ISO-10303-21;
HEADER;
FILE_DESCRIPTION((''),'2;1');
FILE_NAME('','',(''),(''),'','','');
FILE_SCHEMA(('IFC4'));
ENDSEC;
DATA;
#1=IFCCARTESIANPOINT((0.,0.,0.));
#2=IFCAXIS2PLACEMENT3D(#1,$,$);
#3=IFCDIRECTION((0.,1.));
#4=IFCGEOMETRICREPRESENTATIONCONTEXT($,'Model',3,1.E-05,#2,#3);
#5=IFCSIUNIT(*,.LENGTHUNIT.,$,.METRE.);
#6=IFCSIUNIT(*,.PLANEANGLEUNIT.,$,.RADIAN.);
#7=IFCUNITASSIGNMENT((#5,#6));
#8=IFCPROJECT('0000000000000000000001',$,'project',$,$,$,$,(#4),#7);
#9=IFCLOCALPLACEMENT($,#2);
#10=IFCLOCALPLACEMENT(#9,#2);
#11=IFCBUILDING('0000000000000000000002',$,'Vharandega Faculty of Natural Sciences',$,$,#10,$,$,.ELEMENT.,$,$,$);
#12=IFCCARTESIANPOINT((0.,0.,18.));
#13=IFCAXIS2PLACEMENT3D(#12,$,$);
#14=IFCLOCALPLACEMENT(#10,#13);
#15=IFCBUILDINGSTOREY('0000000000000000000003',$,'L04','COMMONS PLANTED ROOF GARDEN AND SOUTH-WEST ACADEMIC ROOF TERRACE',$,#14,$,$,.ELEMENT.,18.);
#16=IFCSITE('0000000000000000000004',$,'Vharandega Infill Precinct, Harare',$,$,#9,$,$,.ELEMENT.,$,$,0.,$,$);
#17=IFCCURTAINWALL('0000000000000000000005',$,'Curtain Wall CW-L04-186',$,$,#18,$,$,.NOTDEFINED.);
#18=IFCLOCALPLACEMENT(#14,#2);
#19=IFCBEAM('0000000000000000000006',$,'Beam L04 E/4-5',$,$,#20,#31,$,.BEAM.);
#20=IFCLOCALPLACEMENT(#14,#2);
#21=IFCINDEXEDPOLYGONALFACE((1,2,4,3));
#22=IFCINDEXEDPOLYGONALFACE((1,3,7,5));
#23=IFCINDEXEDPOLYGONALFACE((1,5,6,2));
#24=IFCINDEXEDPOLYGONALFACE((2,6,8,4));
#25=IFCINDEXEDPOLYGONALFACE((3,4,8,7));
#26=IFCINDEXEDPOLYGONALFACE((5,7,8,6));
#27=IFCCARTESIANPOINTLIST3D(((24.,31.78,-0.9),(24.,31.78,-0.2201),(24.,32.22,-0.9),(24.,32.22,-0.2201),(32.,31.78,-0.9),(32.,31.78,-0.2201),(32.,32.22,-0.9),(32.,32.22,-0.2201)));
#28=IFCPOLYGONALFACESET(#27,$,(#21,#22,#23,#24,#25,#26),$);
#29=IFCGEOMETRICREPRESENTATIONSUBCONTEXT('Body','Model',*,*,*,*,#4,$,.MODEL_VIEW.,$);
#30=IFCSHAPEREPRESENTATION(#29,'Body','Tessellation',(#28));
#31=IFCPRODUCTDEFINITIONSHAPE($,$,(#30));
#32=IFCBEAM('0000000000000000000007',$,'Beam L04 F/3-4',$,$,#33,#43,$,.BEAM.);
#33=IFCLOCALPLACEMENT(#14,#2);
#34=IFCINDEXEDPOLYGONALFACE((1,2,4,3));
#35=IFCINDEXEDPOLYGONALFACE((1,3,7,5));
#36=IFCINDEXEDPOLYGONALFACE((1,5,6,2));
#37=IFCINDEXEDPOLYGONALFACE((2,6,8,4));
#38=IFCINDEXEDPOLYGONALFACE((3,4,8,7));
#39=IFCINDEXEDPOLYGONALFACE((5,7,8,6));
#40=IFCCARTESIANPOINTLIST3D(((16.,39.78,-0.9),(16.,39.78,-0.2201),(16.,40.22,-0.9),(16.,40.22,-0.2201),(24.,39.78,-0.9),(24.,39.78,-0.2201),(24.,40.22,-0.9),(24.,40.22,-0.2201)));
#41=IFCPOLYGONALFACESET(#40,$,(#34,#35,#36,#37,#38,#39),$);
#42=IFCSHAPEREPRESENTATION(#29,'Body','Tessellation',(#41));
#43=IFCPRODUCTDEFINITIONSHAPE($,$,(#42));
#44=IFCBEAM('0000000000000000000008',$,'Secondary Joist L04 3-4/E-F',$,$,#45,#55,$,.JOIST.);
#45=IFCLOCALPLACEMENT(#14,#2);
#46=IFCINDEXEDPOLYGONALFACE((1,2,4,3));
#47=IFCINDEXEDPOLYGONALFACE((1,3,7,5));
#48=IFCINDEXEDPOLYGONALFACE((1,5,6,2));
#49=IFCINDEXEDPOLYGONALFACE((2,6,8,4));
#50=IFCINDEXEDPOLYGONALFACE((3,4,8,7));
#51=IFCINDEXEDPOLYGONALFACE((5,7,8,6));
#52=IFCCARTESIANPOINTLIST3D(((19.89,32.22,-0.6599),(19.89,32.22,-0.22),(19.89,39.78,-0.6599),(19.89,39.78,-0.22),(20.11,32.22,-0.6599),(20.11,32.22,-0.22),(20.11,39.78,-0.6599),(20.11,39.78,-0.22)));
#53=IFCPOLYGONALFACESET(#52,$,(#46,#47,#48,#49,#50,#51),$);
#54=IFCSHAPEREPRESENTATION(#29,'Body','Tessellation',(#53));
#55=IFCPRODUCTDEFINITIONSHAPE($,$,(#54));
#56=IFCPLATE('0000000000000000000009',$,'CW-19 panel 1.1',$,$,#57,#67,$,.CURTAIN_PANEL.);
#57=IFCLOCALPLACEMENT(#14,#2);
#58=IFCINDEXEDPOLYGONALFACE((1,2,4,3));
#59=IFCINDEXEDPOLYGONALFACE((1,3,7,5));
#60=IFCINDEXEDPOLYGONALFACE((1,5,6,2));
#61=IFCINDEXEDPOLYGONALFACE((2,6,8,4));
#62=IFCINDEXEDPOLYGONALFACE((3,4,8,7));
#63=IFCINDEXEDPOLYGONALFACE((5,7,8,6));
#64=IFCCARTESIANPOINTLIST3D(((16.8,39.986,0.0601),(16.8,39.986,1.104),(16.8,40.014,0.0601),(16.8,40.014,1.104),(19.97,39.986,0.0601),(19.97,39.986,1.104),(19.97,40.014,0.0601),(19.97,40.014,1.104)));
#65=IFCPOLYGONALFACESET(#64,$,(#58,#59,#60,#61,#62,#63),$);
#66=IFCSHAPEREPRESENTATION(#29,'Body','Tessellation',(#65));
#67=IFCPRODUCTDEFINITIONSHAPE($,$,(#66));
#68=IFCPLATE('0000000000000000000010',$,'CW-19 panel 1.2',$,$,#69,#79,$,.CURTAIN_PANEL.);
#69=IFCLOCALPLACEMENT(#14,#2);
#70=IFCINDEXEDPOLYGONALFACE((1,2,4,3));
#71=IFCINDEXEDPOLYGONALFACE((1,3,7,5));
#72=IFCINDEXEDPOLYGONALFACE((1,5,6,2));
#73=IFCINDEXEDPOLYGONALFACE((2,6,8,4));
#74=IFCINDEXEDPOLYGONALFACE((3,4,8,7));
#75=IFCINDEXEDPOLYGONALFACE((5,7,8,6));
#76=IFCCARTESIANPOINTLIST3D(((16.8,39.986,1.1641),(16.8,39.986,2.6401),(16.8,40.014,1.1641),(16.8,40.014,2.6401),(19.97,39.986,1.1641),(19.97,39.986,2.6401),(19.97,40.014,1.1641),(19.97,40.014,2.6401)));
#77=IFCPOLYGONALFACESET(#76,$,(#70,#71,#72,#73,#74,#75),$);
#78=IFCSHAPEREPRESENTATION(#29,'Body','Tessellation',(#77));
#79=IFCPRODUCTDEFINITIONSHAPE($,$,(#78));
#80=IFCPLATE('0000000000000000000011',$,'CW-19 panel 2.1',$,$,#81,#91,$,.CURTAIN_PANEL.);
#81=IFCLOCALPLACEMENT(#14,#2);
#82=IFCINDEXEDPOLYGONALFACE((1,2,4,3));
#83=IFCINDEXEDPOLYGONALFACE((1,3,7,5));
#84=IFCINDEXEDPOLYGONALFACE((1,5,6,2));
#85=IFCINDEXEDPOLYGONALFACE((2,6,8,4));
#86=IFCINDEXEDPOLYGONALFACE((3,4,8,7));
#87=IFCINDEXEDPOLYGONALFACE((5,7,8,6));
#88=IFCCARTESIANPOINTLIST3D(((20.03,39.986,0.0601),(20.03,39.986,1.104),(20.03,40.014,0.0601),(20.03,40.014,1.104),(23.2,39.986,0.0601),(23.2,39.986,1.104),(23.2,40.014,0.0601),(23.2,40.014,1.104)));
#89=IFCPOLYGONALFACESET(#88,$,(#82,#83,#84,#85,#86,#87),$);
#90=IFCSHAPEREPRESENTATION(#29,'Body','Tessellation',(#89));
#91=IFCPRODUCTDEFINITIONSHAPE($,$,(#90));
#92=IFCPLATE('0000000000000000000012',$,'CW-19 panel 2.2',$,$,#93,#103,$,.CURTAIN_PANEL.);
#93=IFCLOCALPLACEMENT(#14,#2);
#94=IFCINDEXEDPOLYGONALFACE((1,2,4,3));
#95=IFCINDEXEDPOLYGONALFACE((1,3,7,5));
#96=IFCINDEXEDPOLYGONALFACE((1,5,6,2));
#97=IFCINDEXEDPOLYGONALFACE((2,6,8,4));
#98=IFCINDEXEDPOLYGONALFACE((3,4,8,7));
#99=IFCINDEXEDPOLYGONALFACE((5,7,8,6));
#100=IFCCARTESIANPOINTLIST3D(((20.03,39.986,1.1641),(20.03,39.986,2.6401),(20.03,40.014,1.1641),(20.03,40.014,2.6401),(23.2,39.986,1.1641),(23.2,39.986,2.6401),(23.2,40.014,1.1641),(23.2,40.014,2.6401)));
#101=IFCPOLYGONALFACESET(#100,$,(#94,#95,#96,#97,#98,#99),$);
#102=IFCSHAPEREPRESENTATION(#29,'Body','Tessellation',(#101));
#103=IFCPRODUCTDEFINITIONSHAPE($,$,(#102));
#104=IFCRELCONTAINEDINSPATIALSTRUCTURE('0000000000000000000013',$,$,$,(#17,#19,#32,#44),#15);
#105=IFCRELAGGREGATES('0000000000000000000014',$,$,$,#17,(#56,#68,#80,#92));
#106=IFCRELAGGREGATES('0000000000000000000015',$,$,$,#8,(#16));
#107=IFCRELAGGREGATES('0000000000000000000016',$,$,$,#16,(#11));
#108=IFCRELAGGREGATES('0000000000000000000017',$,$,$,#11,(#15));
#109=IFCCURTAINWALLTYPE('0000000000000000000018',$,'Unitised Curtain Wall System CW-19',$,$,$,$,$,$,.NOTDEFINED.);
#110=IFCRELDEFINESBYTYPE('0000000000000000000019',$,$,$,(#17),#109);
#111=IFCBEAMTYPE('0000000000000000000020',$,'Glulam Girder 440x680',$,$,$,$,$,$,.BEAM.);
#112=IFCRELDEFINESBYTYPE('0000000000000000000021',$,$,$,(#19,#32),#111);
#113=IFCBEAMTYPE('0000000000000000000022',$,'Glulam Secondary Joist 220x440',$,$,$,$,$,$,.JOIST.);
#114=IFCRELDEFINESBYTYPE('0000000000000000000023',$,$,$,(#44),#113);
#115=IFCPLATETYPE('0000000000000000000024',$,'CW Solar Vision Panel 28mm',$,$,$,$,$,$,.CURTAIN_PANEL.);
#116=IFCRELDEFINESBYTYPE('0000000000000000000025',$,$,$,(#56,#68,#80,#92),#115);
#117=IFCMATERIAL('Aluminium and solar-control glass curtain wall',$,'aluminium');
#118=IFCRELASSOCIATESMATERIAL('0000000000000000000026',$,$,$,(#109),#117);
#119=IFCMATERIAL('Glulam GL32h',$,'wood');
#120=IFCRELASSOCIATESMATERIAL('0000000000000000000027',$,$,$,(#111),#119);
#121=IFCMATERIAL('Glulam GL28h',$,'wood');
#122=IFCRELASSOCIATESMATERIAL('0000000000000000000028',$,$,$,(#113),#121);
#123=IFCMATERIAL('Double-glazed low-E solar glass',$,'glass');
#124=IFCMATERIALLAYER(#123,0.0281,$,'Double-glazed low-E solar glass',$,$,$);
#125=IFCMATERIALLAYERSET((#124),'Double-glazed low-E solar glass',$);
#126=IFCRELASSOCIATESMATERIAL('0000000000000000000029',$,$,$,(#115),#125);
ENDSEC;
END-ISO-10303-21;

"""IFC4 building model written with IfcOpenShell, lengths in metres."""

from ifc_helpers import new_model, si_unit, direction, frame, origin, origin_2d, place, context, subcontext, project, spatial, rectangle, extrude, material, layer, layer_set, material_profile, profile_set, type_object, element, aggregate, save


model = new_model("IFC4")

# Units and contexts
model_context = context("Model", 3, precision=1e-05, world=origin(), true_north=direction((0.0, 1.0)))
body_context = subcontext(model_context, "Body", "Model", "MODEL_VIEW")
ifc_project = project(units=[si_unit("LENGTHUNIT", "METRE"), si_unit("PLANEANGLEUNIT", "RADIAN")], contexts=[model_context])

# Site, building, storey
site_placement = place(None, origin())
site = spatial("IfcSite", under=ifc_project, at=site_placement, Name="Vharandega Infill Precinct, Harare", CompositionType="ELEMENT", RefElevation=0.0)
building_placement = place(site_placement, origin())
building = spatial("IfcBuilding", under=site, at=building_placement, Name="Vharandega Faculty of Natural Sciences", CompositionType="ELEMENT")
storey_placement = place(building_placement, frame((0.0, 0.0, 18.0)))
storey = spatial("IfcBuildingStorey", under=building, at=storey_placement, Name="L04", Description="COMMONS PLANTED ROOF GARDEN AND SOUTH-WEST ACADEMIC ROOF TERRACE", CompositionType="ELEMENT", Elevation=18.0)

# Curtain wall
ifc_material_1 = material(Name="Aluminium and solar-control glass curtain wall", Category="aluminium")
curtain_wall_type = type_object("IfcCurtainWallType", Name="Unitised Curtain Wall System CW-19", PredefinedType="NOTDEFINED", material=ifc_material_1)
curtain_wall_placement = place(storey_placement, origin())
curtain_wall = element("IfcCurtainWall", 1, at=curtain_wall_placement, inside=storey, type_object=curtain_wall_type, Name="Curtain Wall CW-L04-186", PredefinedType="NOTDEFINED")

# Beams
ifc_material_2 = material(Name="Glulam GL32h", Category="wood")
ifc_material_profile_1 = material_profile(ifc_material_2, rectangle(XDim=0.4399, YDim=0.6799, at=origin_2d()), Name="GL32h 440x680")
ifc_profile_set_1 = profile_set([ifc_material_profile_1], Name="Glulam GL32h")
beam_type_1 = type_object("IfcBeamType", Name="Glulam Girder 440x680", PredefinedType="BEAM", material=ifc_profile_set_1)
for number, where, z_axis, x_axis, name in (
    (2, (24.0, 32.0, -0.5601), (1.0, 0.0, 0.0), (0.0, 1.0, 0.0), "Beam L04 E/4-5"),
    (3, (16.0, 40.0, -0.5601), (1.0, 0.0, 0.0), (0.0, 1.0, 0.0), "Beam L04 F/3-4"),
):
    element("IfcBeam", number, at=place(storey_placement, frame(where, z_axis=z_axis, x_axis=x_axis)), inside=storey, type_object=beam_type_1, Name=name, PredefinedType="BEAM", context=body_context, shape_type="SweptSolid", body=[
        extrude(rectangle(XDim=0.4399, YDim=0.6799, at=origin_2d()), origin(), (0.0, 0.0, 1.0), 8.0),
    ])
ifc_material_3 = material(Name="Glulam GL28h", Category="wood")
ifc_material_profile_2 = material_profile(ifc_material_3, rectangle(XDim=0.22, YDim=0.4399, at=origin_2d()), Name="GL28h 220x440")
ifc_profile_set_2 = profile_set([ifc_material_profile_2], Name="Glulam GL28h")
beam_type_2 = type_object("IfcBeamType", Name="Glulam Secondary Joist 220x440", PredefinedType="JOIST", material=ifc_profile_set_2)
beam_placement = place(storey_placement, frame((20.0, 32.22, -0.4399), z_axis=(0.0, 1.0, 0.0), x_axis=(-1.0, 0.0, 0.0)))
element("IfcBeam", 4, at=beam_placement, inside=storey, type_object=beam_type_2, Name="Secondary Joist L04 3-4/E-F", PredefinedType="JOIST", context=body_context, shape_type="SweptSolid", body=[
    extrude(rectangle(XDim=0.22, YDim=0.4399, at=origin_2d()), origin(), (0.0, 0.0, 1.0), 7.5601),
])

# Plates
ifc_material_4 = material(Name="Double-glazed low-E solar glass", Category="glass")
ifc_layer = layer(ifc_material_4, 0.0281, Name="Double-glazed low-E solar glass")
ifc_layer_set = layer_set([ifc_layer], Name="Double-glazed low-E solar glass")
plate_type = type_object("IfcPlateType", Name="CW Solar Vision Panel 28mm", PredefinedType="CURTAIN_PANEL", material=ifc_layer_set)
plate_1_placement = place(storey_placement, frame((18.385, 40.0, 0.0601), z_axis=(0.0, 0.0, 1.0), x_axis=(1.0, 0.0, 0.0)))
plate_1 = element("IfcPlate", 5, at=plate_1_placement, type_object=plate_type, Name="CW-19 panel 1.1", PredefinedType="CURTAIN_PANEL", context=body_context, shape_type="SweptSolid", body=[
    extrude(rectangle(XDim=3.1699, YDim=0.0281, at=origin_2d()), origin(), (0.0, 0.0, 1.0), 1.0439),
])
plate_2_placement = place(storey_placement, frame((18.385, 40.0, 1.1641), z_axis=(0.0, 0.0, 1.0), x_axis=(1.0, 0.0, 0.0)))
plate_2 = element("IfcPlate", 6, at=plate_2_placement, type_object=plate_type, Name="CW-19 panel 1.2", PredefinedType="CURTAIN_PANEL", context=body_context, shape_type="SweptSolid", body=[
    extrude(rectangle(XDim=3.1699, YDim=0.0281, at=origin_2d()), origin(), (0.0, 0.0, 1.0), 1.4761),
])
plate_3_placement = place(storey_placement, frame((21.615, 40.0, 0.0601), z_axis=(0.0, 0.0, 1.0), x_axis=(1.0, 0.0, 0.0)))
plate_3 = element("IfcPlate", 7, at=plate_3_placement, type_object=plate_type, Name="CW-19 panel 2.1", PredefinedType="CURTAIN_PANEL", context=body_context, shape_type="SweptSolid", body=[
    extrude(rectangle(XDim=3.1699, YDim=0.0281, at=origin_2d()), origin(), (0.0, 0.0, 1.0), 1.0439),
])
plate_4_placement = place(storey_placement, frame((21.615, 40.0, 1.1641), z_axis=(0.0, 0.0, 1.0), x_axis=(1.0, 0.0, 0.0)))
plate_4 = element("IfcPlate", 8, at=plate_4_placement, type_object=plate_type, Name="CW-19 panel 2.2", PredefinedType="CURTAIN_PANEL", context=body_context, shape_type="SweptSolid", body=[
    extrude(rectangle(XDim=3.1699, YDim=0.0281, at=origin_2d()), origin(), (0.0, 0.0, 1.0), 1.4761),
])
aggregate(curtain_wall, [plate_1, plate_2, plate_3, plate_4])

save(model, "model.ifc")
